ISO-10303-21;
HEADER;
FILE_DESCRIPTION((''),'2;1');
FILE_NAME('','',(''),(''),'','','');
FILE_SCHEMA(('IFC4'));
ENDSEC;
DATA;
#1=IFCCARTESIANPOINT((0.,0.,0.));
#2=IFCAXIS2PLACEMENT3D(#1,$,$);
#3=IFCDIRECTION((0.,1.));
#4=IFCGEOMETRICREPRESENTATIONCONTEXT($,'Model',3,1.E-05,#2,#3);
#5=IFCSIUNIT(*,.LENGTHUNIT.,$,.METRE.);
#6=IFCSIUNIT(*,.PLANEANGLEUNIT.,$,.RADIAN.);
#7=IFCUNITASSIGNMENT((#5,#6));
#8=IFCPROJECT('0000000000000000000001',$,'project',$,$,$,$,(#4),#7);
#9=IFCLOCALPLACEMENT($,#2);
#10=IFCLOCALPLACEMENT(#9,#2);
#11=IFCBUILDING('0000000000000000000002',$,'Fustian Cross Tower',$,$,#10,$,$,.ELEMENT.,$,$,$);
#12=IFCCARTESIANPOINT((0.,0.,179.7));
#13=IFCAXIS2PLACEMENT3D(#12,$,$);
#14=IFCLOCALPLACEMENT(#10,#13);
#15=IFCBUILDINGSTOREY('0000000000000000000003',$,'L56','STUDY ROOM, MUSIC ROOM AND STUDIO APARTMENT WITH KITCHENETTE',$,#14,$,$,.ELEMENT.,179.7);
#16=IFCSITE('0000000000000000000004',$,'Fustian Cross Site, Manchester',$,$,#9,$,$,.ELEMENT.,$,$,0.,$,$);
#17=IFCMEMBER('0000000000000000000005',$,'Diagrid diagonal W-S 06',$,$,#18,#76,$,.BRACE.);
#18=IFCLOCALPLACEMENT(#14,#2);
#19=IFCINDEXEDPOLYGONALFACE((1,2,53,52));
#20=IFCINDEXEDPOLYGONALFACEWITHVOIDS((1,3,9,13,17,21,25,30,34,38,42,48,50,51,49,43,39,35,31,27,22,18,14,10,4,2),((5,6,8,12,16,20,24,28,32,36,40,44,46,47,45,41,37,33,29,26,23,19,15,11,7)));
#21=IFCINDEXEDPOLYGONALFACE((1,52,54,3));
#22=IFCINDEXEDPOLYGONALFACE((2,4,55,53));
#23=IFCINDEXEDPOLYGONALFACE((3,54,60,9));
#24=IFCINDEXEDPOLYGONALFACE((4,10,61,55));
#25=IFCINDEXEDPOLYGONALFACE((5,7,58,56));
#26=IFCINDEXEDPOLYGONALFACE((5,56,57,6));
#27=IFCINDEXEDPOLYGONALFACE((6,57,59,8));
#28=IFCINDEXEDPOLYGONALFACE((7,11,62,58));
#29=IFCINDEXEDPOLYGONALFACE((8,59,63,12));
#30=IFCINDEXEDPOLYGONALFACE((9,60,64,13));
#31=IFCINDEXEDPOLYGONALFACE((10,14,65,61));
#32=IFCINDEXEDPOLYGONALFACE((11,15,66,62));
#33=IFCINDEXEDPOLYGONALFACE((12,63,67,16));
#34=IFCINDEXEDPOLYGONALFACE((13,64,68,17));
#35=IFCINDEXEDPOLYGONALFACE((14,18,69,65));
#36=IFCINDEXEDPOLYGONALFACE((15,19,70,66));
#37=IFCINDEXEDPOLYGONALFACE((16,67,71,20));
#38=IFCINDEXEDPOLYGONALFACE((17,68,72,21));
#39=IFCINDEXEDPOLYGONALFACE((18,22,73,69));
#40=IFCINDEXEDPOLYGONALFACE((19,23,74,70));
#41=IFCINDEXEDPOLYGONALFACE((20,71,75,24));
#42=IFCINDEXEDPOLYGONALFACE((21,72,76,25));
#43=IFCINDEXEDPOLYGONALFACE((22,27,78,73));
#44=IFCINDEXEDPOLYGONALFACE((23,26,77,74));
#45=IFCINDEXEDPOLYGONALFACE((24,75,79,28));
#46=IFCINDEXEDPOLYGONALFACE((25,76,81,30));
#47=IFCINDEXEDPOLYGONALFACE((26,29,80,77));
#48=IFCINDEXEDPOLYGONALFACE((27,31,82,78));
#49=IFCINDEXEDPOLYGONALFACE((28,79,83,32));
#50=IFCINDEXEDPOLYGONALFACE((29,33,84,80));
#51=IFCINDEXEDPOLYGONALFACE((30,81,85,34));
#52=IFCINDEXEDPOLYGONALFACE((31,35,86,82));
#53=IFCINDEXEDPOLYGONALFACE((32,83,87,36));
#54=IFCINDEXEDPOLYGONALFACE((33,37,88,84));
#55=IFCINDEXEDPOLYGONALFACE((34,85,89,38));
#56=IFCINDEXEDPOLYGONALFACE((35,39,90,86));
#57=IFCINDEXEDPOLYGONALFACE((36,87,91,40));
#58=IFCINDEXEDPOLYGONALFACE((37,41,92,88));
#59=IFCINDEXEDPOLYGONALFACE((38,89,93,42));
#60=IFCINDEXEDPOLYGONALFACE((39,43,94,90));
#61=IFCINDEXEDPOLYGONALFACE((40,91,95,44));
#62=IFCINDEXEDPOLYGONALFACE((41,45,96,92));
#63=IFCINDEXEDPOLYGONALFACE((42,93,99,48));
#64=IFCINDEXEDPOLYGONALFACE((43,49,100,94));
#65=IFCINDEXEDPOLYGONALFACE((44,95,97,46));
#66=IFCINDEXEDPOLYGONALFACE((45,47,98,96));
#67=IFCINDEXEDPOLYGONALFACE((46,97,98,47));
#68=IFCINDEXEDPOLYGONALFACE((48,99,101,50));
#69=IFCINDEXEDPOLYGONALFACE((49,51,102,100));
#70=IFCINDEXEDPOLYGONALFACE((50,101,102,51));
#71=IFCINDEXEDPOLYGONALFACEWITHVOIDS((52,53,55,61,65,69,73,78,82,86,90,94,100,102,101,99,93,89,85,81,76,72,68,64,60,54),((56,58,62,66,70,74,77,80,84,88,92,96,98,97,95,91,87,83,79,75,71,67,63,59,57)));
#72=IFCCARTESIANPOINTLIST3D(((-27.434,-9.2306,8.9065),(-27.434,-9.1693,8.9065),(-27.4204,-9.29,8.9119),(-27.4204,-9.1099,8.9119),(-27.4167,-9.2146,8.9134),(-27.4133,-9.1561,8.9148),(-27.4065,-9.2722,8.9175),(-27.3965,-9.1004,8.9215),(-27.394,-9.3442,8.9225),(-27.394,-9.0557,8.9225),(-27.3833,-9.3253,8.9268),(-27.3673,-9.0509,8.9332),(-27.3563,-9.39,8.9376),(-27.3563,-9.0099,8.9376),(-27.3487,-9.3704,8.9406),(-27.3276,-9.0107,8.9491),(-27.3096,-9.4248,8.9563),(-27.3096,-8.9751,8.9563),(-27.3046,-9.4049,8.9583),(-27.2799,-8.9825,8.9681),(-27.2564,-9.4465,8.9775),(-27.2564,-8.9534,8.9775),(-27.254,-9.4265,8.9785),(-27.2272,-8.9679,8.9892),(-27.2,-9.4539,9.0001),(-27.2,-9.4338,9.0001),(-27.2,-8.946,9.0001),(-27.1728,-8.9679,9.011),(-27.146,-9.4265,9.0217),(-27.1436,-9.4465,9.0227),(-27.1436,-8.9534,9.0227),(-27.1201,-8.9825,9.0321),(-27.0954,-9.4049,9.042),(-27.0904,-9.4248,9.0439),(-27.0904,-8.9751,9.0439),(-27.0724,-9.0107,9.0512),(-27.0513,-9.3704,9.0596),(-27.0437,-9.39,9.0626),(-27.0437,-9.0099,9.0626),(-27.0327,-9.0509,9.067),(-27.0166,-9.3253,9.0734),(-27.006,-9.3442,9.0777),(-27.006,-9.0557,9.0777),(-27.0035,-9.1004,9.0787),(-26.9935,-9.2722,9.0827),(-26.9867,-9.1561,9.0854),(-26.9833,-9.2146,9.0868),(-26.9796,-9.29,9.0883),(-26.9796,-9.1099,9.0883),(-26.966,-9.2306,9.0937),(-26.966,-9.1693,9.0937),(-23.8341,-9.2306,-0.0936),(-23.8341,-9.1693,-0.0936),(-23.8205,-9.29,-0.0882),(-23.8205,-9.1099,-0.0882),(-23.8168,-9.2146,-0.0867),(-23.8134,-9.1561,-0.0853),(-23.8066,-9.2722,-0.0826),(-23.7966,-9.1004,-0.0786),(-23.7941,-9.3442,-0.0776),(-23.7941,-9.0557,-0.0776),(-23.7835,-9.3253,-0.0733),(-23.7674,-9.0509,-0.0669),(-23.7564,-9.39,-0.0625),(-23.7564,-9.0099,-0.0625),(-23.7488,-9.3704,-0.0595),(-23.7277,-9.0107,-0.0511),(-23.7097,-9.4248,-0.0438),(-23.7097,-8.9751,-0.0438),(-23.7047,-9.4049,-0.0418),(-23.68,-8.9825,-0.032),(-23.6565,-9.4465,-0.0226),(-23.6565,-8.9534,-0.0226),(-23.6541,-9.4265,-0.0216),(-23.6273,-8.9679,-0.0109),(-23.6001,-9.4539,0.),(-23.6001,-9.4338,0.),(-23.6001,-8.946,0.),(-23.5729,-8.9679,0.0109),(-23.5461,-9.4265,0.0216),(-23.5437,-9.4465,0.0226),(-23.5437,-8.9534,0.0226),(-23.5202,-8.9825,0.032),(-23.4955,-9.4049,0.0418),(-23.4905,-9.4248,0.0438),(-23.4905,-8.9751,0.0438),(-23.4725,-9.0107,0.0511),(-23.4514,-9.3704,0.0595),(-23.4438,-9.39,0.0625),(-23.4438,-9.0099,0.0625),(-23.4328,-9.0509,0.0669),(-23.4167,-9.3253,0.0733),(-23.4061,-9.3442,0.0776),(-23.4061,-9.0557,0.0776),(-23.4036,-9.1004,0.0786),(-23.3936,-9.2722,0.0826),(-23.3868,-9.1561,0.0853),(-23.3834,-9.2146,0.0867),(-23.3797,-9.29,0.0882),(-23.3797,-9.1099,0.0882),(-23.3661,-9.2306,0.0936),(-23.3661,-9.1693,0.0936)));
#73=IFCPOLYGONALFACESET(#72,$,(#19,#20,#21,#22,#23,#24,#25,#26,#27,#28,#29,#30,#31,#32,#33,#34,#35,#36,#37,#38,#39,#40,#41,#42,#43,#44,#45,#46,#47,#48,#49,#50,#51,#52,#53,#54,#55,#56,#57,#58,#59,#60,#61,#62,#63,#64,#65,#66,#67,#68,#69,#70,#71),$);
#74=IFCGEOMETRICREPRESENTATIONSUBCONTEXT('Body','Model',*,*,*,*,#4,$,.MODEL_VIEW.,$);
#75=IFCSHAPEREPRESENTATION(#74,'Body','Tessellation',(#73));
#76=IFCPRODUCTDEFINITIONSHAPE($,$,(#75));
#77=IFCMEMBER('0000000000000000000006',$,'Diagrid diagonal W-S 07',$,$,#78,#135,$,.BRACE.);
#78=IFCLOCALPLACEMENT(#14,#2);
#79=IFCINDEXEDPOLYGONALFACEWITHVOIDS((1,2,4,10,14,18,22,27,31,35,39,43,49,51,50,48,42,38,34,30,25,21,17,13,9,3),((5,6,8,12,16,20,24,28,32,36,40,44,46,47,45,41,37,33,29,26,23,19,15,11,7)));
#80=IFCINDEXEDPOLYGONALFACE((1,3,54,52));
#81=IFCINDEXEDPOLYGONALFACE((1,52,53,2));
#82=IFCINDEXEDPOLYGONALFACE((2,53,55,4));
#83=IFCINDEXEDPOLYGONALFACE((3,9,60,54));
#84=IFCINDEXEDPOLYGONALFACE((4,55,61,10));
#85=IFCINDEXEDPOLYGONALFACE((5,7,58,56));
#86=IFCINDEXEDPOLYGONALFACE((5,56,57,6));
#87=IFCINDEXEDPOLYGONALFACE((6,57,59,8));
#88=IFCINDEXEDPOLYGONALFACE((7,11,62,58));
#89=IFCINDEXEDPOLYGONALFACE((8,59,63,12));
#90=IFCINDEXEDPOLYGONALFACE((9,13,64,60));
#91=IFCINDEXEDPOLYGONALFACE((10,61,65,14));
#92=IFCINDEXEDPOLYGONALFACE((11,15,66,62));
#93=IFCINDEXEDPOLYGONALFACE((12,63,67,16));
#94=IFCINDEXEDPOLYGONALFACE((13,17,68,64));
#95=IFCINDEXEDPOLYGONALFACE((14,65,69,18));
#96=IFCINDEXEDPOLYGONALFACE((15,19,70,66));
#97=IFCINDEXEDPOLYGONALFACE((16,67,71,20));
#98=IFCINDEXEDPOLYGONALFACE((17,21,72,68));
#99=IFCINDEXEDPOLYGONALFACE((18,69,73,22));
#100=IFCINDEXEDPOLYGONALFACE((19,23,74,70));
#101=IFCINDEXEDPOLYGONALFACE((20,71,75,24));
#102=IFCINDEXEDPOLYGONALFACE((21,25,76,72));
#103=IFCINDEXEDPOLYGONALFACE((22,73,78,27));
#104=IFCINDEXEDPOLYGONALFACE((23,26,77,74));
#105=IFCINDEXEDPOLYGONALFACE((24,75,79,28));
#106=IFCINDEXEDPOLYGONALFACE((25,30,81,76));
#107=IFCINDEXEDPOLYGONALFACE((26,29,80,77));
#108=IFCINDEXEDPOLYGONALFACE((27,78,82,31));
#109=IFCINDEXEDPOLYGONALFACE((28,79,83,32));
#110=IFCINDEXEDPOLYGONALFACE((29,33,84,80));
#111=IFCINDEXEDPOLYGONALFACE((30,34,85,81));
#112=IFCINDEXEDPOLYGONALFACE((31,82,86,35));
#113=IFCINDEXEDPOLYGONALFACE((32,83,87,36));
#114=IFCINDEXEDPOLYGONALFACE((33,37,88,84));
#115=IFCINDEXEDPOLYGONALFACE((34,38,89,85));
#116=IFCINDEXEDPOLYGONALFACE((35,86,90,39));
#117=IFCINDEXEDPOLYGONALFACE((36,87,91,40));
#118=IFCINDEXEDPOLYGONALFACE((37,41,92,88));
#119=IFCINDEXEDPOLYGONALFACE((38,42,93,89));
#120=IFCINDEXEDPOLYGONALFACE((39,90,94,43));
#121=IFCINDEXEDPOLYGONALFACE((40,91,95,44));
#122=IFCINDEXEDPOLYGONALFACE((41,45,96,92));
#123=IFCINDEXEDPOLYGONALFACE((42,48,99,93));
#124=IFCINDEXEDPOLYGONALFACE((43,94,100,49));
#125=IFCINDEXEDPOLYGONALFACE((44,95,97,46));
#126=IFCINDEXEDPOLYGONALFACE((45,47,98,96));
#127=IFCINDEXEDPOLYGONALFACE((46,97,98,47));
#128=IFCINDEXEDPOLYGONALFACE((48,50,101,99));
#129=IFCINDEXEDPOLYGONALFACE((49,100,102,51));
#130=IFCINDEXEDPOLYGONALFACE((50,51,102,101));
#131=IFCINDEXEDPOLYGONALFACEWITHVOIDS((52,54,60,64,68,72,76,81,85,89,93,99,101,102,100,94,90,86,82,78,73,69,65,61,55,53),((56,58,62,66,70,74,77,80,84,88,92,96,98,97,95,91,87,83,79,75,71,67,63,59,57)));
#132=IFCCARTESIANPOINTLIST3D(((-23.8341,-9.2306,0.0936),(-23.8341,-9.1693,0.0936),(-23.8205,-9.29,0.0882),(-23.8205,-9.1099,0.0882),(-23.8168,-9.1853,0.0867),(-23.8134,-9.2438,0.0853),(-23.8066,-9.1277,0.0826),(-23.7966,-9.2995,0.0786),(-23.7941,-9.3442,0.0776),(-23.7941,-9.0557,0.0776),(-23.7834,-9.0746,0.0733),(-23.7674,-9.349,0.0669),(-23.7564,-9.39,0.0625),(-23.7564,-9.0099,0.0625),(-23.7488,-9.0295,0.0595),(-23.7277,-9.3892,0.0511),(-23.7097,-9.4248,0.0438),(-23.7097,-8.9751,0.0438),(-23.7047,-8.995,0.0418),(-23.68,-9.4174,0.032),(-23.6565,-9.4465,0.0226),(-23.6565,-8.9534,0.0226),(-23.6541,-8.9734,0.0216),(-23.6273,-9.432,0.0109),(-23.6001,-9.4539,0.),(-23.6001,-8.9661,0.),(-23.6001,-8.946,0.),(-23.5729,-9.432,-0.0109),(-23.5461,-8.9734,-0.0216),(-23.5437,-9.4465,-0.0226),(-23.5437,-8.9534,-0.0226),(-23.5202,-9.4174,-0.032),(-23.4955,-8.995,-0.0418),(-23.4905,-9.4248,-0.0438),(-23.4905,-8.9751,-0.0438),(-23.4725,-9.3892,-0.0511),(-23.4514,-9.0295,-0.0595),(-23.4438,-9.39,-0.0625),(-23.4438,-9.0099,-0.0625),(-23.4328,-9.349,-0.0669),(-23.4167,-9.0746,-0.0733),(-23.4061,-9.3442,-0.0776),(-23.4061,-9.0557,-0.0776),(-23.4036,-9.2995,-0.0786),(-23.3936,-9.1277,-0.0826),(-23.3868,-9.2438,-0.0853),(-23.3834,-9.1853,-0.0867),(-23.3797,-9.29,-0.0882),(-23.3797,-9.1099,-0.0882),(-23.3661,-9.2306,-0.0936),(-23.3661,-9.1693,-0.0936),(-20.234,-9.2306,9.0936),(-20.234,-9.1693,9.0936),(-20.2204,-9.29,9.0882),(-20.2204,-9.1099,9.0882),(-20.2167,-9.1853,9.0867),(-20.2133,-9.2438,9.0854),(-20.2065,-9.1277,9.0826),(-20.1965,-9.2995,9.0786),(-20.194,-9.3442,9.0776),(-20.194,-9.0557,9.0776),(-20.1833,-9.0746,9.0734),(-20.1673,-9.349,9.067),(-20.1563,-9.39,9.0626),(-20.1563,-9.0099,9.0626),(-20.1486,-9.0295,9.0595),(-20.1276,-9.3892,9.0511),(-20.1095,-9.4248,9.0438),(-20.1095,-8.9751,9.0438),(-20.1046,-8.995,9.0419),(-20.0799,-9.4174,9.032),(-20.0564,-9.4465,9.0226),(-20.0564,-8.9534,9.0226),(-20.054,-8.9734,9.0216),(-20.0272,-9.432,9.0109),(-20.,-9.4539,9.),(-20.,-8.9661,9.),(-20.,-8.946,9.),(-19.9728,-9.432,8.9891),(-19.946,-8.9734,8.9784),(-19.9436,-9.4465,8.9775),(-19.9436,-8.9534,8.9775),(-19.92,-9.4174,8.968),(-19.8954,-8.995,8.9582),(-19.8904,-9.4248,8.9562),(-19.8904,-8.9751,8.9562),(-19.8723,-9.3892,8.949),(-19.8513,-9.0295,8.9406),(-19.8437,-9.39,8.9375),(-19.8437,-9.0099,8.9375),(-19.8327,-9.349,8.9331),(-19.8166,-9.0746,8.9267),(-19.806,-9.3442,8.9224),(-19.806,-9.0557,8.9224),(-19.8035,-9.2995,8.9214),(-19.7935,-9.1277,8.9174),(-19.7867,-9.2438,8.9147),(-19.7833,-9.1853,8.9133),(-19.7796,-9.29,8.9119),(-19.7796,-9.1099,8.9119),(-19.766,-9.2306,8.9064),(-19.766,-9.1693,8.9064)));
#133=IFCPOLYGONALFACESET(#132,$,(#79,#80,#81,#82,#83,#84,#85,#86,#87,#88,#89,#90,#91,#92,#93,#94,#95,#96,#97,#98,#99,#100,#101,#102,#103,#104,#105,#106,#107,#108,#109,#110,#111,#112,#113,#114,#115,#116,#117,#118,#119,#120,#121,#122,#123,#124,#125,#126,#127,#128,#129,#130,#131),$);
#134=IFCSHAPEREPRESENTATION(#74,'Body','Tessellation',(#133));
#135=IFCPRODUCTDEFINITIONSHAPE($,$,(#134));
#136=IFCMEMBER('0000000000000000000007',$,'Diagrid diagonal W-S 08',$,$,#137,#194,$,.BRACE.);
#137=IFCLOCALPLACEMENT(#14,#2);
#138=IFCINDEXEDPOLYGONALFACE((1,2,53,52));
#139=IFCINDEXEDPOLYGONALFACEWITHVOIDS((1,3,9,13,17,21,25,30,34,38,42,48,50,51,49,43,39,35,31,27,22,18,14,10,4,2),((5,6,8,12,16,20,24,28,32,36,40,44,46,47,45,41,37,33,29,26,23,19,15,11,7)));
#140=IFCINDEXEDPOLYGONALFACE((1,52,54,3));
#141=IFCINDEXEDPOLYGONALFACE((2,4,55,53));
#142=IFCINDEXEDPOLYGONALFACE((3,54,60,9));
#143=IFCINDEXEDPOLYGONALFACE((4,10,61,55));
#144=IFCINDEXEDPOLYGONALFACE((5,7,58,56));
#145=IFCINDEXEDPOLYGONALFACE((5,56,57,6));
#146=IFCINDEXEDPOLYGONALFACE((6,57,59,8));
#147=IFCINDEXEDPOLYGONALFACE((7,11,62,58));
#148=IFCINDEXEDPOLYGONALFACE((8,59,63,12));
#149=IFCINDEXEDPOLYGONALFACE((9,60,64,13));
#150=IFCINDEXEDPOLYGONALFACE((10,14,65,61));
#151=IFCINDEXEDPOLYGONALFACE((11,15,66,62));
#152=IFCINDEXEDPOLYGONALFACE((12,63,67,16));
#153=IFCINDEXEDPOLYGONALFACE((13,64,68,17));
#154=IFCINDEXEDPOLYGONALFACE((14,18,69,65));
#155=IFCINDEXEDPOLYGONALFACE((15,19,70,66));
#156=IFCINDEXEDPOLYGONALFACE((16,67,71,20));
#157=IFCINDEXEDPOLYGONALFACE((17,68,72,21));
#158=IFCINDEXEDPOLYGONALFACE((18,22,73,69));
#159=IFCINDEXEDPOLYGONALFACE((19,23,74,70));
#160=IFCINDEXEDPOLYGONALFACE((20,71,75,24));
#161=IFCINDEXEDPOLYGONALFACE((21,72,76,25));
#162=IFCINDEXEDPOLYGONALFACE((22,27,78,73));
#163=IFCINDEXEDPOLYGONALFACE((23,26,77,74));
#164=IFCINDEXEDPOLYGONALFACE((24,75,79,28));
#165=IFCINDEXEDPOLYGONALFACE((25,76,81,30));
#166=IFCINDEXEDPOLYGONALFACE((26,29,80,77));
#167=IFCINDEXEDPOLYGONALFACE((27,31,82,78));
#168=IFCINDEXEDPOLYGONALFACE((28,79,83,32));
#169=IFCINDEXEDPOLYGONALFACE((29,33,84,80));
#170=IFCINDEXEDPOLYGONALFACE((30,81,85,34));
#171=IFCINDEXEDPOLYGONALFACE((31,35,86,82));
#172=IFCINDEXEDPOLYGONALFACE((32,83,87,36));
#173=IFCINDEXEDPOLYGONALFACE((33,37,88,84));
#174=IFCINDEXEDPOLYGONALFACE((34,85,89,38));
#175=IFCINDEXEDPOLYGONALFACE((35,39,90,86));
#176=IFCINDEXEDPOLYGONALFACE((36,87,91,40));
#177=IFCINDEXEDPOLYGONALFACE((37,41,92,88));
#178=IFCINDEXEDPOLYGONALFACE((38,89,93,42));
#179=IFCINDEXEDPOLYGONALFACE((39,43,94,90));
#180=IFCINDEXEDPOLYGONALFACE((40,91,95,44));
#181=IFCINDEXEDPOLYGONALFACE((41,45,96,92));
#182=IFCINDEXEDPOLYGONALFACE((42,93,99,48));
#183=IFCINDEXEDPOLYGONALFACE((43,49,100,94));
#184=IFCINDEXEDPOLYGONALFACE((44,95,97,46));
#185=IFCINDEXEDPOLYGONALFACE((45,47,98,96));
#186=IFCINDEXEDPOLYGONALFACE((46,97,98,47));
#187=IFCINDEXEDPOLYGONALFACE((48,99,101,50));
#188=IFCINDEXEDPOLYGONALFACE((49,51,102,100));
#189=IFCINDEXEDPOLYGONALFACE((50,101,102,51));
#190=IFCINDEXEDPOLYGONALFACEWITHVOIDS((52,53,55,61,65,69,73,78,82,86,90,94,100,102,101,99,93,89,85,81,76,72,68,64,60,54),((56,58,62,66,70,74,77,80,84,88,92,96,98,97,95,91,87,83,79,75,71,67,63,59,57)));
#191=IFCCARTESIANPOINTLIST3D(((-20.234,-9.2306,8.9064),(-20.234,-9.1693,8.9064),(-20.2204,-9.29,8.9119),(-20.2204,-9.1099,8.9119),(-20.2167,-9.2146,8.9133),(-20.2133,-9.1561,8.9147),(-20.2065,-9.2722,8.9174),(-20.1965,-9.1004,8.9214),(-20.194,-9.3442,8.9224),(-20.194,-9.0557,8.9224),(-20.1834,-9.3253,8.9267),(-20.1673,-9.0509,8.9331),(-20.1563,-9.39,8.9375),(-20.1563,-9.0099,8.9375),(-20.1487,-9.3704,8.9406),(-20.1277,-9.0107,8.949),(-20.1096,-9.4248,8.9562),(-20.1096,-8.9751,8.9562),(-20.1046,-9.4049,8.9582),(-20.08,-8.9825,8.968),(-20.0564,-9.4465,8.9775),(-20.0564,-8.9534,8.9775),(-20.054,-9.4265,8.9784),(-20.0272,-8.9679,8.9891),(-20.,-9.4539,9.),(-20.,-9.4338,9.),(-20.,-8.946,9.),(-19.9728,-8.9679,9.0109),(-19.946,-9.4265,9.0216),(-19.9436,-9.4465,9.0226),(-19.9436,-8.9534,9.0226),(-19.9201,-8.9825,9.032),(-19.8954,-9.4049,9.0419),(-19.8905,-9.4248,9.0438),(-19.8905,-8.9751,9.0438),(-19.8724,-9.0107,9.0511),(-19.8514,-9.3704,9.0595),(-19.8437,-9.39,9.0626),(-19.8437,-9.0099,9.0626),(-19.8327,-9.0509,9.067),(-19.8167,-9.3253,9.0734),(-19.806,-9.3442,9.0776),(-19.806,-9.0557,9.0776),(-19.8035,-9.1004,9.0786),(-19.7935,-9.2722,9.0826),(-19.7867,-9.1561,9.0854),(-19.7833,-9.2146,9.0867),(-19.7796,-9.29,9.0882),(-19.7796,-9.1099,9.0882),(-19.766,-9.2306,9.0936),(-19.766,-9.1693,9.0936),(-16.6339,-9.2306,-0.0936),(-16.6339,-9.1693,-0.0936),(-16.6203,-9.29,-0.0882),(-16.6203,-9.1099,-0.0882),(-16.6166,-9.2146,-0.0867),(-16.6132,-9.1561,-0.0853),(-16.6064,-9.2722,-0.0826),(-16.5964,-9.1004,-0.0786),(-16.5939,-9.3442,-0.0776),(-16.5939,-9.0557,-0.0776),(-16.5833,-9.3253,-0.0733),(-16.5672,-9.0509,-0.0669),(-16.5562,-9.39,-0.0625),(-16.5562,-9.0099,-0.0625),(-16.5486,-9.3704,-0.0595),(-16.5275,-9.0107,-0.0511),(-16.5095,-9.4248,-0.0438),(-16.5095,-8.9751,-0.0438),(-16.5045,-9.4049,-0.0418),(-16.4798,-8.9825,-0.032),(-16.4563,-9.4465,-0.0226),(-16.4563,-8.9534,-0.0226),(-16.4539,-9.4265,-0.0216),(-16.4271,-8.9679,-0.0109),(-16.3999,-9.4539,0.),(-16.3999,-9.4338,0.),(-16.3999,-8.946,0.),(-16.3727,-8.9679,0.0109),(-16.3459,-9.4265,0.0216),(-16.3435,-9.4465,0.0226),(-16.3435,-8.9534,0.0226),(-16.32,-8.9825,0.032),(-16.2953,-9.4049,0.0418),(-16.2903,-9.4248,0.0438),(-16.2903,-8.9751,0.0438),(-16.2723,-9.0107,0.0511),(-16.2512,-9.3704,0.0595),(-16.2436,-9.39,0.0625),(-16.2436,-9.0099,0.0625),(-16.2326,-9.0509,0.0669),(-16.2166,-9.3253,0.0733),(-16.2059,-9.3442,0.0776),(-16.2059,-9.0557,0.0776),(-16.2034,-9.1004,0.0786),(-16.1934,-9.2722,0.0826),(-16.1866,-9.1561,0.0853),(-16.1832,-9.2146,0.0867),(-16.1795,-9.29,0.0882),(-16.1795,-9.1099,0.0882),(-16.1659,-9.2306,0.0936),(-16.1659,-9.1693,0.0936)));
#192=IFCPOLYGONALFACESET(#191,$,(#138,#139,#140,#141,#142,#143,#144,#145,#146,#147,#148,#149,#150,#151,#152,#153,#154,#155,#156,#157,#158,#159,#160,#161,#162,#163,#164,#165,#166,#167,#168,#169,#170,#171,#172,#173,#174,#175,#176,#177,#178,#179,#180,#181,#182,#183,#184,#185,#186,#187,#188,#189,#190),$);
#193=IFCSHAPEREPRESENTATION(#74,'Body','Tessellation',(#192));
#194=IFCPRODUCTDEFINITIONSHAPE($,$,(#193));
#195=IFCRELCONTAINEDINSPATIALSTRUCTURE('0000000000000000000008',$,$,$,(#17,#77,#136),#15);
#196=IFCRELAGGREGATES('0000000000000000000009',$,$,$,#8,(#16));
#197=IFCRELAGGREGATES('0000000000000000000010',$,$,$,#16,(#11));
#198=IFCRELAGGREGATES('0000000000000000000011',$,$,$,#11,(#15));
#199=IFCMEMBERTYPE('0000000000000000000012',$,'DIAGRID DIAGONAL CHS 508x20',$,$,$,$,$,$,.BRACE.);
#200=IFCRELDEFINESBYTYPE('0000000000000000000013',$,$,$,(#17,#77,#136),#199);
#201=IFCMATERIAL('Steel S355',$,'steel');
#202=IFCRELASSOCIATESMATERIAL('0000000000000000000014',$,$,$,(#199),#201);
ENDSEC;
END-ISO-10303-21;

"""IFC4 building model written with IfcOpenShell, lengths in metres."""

from ifc_helpers import new_model, si_unit, direction, frame, origin, origin_2d, place, context, subcontext, project, spatial, hollow_circle, extrude, material, material_profile, profile_set, type_object, element, save


model = new_model("IFC4")

# Units and contexts
model_context = context("Model", 3, precision=1e-05, world=origin(), true_north=direction((0.0, 1.0)))
body_context = subcontext(model_context, "Body", "Model", "MODEL_VIEW")
ifc_project = project(units=[si_unit("LENGTHUNIT", "METRE"), si_unit("PLANEANGLEUNIT", "RADIAN")], contexts=[model_context])

# Site, building, storey
site_placement = place(None, origin())
site = spatial("IfcSite", under=ifc_project, at=site_placement, Name="Fustian Cross Site, Manchester", CompositionType="ELEMENT", RefElevation=0.0)
building_placement = place(site_placement, origin())
building = spatial("IfcBuilding", under=site, at=building_placement, Name="Fustian Cross Tower", CompositionType="ELEMENT")
storey_placement = place(building_placement, frame((0.0, 0.0, 179.7)))
storey = spatial("IfcBuildingStorey", under=building, at=storey_placement, Name="L56", Description="STUDY ROOM, MUSIC ROOM AND STUDIO APARTMENT WITH KITCHENETTE", CompositionType="ELEMENT", Elevation=179.7)

# Members
ifc_material_1 = material(Name="Steel S355", Category="steel")
ifc_material_profile_1 = material_profile(ifc_material_1, hollow_circle(Radius=0.2539, WallThickness=0.02, at=origin_2d()), Name="CHS 508x20")
ifc_profile_set_1 = profile_set([ifc_material_profile_1], Name="Steel S355")
member_type = type_object("IfcMemberType", Name="DIAGRID DIAGONAL CHS 508x20", PredefinedType="BRACE", material=ifc_profile_set_1)
for number, where, z_axis, x_axis, name in (
    (1, (-23.6001, -9.2, 0.0), (-0.371378, 0.0, 0.928482), (0.0, -1.0, 0.0), "Diagrid diagonal W-S 06"),
    (2, (-23.6001, -9.2, 0.0), (0.371399, 0.0, 0.928473), (0.0, 1.0, 0.0), "Diagrid diagonal W-S 07"),
    (3, (-16.3999, -9.2, 0.0), (-0.371399, 0.0, 0.928473), (0.0, -1.0, 0.0), "Diagrid diagonal W-S 08"),
):
    element("IfcMember", number, at=place(storey_placement, frame(where, z_axis=z_axis, x_axis=x_axis)), inside=storey, type_object=member_type, Name=name, PredefinedType="BRACE", context=body_context, shape_type="SweptSolid", body=[
        extrude(hollow_circle(Radius=0.2539, WallThickness=0.02, at=origin_2d()), origin(), (0.0, 0.0, 1.0), 9.6934),
    ])

save(model, "model.ifc")
